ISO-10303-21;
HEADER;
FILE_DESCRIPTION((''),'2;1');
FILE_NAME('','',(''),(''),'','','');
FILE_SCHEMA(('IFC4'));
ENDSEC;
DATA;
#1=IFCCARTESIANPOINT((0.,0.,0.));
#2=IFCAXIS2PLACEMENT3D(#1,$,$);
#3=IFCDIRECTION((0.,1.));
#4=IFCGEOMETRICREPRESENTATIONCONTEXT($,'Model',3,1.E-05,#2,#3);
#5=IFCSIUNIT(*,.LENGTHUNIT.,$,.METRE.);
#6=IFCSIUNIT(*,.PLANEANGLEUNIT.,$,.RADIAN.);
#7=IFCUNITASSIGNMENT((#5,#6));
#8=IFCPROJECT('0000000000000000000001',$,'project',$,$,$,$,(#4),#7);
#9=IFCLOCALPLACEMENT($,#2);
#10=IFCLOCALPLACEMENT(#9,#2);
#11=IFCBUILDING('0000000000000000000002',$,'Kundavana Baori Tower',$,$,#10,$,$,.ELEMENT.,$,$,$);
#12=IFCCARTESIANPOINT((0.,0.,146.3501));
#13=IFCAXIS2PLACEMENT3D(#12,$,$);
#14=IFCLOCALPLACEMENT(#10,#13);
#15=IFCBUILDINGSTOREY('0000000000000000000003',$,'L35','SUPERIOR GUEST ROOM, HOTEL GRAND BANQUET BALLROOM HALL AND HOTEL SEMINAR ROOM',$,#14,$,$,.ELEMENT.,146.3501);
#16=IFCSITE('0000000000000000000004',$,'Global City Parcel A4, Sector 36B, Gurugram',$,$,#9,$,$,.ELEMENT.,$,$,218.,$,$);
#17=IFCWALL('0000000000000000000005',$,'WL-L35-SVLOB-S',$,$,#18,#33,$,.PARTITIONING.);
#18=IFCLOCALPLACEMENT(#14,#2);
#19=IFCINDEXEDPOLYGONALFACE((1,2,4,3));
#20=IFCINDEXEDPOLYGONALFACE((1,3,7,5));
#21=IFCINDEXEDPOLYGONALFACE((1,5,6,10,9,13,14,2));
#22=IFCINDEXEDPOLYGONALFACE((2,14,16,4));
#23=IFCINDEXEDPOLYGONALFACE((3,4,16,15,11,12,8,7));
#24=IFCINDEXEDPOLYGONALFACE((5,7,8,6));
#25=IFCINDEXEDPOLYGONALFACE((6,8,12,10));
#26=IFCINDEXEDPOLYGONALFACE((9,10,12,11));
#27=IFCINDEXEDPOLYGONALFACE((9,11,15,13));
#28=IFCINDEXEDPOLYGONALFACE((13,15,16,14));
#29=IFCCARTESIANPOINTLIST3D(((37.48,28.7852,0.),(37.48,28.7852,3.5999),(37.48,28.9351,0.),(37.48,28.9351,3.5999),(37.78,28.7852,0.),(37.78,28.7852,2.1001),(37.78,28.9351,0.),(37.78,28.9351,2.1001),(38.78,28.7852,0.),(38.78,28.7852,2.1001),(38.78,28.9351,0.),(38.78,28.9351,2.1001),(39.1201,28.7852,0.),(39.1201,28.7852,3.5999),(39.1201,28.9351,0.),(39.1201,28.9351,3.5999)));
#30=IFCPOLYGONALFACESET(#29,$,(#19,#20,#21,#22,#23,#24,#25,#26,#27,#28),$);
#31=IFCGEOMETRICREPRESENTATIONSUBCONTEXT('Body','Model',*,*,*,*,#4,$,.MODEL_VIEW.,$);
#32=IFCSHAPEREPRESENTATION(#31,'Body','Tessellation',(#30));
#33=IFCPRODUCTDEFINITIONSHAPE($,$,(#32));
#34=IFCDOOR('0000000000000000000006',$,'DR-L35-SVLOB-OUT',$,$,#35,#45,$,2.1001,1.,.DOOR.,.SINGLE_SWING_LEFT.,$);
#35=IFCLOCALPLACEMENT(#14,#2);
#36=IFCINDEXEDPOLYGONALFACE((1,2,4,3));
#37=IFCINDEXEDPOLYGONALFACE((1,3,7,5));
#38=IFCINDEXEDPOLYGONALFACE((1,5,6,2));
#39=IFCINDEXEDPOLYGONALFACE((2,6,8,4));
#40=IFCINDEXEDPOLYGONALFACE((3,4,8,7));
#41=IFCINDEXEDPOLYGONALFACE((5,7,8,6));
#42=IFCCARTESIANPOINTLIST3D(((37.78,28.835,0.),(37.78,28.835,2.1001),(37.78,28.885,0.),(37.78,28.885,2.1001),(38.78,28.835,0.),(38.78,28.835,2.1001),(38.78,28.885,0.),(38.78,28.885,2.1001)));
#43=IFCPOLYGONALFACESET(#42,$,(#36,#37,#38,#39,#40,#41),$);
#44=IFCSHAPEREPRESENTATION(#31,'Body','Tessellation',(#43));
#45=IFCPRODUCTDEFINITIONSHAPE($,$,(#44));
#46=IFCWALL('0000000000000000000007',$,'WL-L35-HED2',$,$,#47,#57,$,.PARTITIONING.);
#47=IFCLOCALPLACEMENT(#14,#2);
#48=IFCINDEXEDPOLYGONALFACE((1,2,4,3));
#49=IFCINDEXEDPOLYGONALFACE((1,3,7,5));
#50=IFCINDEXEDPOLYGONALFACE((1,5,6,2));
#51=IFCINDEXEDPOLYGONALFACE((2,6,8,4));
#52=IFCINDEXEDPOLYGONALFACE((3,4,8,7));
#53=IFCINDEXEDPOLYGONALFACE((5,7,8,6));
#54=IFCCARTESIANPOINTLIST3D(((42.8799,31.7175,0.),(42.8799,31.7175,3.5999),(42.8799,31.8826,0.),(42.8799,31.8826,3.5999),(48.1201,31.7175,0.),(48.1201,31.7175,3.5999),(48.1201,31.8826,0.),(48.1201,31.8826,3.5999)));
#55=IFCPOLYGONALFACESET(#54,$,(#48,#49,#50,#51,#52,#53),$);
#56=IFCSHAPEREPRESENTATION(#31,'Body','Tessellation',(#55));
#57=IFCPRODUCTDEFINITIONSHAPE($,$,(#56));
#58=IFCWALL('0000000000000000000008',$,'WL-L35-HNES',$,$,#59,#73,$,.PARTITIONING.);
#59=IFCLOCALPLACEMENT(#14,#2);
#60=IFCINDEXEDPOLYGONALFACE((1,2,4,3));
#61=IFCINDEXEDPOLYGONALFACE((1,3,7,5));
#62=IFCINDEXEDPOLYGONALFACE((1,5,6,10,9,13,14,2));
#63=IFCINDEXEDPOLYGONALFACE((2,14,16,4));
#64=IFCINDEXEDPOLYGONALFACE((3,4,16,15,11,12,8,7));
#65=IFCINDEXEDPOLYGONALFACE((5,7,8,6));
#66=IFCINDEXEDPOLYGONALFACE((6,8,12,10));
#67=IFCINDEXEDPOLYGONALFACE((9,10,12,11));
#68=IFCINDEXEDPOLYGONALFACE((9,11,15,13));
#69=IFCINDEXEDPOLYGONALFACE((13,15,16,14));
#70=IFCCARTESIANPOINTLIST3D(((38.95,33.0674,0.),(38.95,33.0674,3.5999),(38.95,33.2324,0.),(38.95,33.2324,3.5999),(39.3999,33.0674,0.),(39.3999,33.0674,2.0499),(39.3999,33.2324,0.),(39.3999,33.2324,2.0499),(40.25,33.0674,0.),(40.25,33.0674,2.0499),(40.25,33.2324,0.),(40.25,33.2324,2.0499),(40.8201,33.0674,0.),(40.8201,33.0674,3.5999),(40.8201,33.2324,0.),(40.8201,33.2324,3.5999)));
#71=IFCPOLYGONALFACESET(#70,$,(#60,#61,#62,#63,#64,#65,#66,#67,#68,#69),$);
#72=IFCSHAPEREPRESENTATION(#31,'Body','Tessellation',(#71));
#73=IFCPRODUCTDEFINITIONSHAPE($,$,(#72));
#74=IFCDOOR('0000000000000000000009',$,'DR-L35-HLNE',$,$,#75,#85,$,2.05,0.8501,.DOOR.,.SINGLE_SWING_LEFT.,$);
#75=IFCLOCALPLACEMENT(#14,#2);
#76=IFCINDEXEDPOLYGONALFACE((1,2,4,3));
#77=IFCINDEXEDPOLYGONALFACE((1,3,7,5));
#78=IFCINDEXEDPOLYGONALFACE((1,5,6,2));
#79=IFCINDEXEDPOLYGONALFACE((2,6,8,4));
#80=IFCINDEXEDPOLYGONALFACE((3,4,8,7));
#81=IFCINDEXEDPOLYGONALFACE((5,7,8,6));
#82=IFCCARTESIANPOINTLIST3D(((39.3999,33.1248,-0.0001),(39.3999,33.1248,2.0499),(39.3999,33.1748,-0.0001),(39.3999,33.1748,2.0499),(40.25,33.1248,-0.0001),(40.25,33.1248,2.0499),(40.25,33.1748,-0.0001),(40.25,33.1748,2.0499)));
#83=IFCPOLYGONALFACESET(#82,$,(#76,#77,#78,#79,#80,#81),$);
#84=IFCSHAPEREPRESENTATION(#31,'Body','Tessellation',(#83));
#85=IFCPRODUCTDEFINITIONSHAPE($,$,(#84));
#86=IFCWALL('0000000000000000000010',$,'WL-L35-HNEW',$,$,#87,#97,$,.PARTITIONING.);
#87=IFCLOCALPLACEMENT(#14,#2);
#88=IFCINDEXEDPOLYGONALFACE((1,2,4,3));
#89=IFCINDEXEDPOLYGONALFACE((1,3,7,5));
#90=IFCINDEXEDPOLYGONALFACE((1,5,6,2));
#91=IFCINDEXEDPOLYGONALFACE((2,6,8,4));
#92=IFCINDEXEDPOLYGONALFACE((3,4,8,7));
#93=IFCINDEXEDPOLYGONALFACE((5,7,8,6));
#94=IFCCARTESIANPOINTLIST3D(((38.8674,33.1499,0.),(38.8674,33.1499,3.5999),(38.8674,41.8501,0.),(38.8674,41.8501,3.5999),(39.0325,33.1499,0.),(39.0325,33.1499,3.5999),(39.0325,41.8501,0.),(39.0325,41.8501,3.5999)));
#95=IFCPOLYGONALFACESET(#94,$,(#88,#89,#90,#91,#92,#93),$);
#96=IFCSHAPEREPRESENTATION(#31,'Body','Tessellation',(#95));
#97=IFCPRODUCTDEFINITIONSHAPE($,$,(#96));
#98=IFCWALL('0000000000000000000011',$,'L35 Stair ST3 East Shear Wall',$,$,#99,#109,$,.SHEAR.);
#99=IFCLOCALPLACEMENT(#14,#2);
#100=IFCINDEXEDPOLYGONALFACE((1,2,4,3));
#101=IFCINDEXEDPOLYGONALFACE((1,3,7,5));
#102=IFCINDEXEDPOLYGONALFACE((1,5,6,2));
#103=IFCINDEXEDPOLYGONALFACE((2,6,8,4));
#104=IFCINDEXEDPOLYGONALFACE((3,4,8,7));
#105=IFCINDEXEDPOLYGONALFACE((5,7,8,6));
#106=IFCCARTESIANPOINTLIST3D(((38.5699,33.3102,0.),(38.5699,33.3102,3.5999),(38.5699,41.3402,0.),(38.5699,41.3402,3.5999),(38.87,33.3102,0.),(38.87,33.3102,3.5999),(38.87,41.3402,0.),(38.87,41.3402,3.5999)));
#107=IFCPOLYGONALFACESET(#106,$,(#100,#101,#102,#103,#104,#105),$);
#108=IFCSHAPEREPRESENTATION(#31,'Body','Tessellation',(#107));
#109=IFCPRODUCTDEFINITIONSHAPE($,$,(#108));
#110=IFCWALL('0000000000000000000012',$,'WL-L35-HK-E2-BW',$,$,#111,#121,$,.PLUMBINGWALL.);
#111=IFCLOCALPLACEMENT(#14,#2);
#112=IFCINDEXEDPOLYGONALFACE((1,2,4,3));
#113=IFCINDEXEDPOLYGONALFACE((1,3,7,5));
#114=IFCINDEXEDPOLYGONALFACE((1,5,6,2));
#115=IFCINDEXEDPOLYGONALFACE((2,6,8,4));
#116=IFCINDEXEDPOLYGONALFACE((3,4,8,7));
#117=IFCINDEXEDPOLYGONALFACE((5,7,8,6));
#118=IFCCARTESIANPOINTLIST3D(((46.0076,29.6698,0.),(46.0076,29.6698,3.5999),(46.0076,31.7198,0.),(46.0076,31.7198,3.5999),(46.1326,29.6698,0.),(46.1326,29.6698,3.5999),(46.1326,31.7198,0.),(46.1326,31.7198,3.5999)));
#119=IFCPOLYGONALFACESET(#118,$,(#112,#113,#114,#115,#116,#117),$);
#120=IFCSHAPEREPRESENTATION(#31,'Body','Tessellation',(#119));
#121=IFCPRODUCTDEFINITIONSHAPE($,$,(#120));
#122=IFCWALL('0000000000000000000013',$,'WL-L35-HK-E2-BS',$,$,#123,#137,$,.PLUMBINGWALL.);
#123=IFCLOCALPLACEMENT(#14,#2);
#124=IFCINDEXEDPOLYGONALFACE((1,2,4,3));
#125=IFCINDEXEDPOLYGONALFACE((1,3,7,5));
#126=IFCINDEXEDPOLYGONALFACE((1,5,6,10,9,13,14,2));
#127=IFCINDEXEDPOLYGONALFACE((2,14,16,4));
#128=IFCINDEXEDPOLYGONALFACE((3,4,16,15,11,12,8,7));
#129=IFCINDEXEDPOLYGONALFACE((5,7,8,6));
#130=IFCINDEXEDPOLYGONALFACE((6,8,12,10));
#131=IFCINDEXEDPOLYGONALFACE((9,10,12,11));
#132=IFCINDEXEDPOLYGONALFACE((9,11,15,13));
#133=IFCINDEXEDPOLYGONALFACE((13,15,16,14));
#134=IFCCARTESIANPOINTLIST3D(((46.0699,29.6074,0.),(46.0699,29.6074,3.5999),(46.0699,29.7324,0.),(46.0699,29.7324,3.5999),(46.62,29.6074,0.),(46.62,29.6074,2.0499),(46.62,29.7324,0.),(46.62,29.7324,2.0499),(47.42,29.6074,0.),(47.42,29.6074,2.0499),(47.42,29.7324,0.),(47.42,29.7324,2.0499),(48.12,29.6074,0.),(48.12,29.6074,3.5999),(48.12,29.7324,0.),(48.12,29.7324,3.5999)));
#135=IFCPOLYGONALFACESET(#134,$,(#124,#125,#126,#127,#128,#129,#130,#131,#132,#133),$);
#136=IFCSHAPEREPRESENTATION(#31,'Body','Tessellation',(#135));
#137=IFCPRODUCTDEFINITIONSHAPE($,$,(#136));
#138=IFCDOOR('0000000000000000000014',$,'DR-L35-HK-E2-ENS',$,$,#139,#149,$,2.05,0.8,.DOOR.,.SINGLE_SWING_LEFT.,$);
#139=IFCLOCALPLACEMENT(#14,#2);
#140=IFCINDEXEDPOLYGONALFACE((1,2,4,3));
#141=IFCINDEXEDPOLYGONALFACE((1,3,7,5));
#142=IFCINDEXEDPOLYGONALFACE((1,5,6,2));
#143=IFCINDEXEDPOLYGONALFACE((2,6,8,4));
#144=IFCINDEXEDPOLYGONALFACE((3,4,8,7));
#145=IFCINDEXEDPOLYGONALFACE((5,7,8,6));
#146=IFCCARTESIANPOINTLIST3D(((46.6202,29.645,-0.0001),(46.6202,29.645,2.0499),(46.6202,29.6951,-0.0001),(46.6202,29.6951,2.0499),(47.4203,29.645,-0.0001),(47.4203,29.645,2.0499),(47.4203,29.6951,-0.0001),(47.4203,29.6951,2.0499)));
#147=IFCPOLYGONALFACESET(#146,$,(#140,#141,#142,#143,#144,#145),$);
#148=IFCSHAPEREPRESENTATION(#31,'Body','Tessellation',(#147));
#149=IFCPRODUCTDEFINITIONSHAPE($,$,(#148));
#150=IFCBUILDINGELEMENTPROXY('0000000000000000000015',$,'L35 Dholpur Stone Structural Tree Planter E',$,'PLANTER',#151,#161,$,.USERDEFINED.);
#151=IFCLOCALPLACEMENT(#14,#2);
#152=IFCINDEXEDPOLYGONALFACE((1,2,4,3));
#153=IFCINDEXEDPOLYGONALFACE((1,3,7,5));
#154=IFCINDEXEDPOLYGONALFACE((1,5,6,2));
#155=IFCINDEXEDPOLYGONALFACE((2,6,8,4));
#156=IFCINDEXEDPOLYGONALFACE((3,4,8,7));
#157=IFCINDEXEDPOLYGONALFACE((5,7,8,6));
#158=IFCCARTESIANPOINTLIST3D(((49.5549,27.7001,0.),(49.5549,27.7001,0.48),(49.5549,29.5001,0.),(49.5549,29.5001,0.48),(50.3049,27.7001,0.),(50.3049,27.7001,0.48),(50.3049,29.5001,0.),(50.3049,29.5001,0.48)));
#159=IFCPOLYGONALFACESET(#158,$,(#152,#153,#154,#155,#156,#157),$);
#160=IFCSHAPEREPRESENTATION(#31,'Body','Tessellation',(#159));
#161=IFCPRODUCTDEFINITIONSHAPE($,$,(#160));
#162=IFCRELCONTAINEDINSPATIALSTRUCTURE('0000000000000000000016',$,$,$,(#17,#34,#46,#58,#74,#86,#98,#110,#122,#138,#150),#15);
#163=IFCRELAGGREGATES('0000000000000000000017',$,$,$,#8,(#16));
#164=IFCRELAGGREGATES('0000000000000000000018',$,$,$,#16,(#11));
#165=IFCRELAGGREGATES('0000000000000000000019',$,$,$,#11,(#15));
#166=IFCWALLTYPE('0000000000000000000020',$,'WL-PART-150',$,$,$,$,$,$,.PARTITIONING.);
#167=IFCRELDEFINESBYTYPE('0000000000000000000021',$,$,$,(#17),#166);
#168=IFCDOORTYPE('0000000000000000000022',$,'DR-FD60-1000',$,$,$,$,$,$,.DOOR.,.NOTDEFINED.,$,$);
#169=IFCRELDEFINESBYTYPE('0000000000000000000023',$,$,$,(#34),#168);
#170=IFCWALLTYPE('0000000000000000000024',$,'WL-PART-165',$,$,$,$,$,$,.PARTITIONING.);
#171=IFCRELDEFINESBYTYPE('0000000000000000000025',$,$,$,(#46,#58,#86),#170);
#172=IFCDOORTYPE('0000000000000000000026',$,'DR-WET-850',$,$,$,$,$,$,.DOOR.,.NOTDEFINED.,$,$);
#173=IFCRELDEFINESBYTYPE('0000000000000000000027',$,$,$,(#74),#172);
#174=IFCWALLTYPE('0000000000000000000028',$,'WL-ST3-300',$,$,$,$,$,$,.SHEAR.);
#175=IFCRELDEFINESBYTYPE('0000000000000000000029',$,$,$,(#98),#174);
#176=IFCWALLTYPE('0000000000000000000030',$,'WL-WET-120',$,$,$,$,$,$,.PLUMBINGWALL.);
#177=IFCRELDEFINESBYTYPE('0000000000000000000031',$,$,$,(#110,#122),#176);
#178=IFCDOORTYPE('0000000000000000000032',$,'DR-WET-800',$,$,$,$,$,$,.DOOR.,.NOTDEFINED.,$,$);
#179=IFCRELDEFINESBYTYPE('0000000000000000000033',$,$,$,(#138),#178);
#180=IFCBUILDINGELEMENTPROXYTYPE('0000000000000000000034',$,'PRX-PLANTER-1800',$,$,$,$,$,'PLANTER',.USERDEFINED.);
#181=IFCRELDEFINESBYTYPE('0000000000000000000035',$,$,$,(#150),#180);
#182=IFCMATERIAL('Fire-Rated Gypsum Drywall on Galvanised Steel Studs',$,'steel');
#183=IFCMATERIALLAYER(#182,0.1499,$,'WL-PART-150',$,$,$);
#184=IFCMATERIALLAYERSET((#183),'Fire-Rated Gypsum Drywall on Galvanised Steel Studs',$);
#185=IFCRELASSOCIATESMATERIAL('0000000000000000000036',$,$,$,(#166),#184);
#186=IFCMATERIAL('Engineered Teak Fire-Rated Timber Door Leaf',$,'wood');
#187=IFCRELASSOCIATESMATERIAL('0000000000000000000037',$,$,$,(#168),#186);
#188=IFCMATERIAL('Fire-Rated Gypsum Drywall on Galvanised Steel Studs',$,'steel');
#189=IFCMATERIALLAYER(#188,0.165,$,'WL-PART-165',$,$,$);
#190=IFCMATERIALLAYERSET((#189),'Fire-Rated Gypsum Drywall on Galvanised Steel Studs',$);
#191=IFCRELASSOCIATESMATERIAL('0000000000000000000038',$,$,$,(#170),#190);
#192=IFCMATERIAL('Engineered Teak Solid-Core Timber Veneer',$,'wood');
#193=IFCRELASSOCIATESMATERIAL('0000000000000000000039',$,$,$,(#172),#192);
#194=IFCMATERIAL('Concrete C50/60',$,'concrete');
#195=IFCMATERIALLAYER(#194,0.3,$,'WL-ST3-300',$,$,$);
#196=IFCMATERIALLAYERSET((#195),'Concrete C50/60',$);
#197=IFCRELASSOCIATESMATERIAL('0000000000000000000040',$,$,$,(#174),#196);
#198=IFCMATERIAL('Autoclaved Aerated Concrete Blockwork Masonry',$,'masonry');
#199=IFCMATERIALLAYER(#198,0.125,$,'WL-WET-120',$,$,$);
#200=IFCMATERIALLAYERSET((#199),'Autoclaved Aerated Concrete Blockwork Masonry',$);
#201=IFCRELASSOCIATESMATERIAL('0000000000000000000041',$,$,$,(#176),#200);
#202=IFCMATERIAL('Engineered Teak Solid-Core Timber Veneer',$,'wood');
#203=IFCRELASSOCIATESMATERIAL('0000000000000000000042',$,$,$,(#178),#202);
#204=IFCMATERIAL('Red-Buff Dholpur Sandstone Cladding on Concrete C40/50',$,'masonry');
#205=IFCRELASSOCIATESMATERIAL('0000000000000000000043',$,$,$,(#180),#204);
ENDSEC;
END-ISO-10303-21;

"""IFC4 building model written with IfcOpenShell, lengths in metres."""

from ifc_helpers import new_model, si_unit, direction, frame, frame_2d, origin, origin_2d, place, context, subcontext, project, spatial, rectangle, extrude, material, layer, layer_set, type_object, element, fill, save


model = new_model("IFC4")

# Units and contexts
model_context = context("Model", 3, precision=1e-05, world=origin(), true_north=direction((0.0, 1.0)))
body_context = subcontext(model_context, "Body", "Model", "MODEL_VIEW")
ifc_project = project(units=[si_unit("LENGTHUNIT", "METRE"), si_unit("PLANEANGLEUNIT", "RADIAN")], contexts=[model_context])

# Site, building, storey
site_placement = place(None, origin())
site = spatial("IfcSite", under=ifc_project, at=site_placement, Name="Global City Parcel A4, Sector 36B, Gurugram", CompositionType="ELEMENT", RefElevation=218.0)
building_placement = place(site_placement, origin())
building = spatial("IfcBuilding", under=site, at=building_placement, Name="Kundavana Baori Tower", CompositionType="ELEMENT")
storey_placement = place(building_placement, frame((0.0, 0.0, 146.3501)))
storey = spatial("IfcBuildingStorey", under=building, at=storey_placement, Name="L35", Description="SUPERIOR GUEST ROOM, HOTEL GRAND BANQUET BALLROOM HALL AND HOTEL SEMINAR ROOM", CompositionType="ELEMENT", Elevation=146.3501)

# Shared definitions
ifc_material_1 = material(Name="Fire-Rated Gypsum Drywall on Galvanised Steel Studs", Category="steel")
ifc_layer_1 = layer(ifc_material_1, 0.1499, Name="WL-PART-150")
ifc_layer_set_1 = layer_set([ifc_layer_1], Name="Fire-Rated Gypsum Drywall on Galvanised Steel Studs")
wall_type_1 = type_object("IfcWallType", Name="WL-PART-150", PredefinedType="PARTITIONING", material=ifc_layer_set_1)

# Wall, opening, door
wall_1_placement = place(storey_placement, frame((37.48, 28.8601, 0.0), z_axis=(0.0, 0.0, 1.0), x_axis=(1.0, 0.0, 0.0)))
wall_1 = element("IfcWall", 1, at=wall_1_placement, inside=storey, type_object=wall_type_1, Name="WL-L35-SVLOB-S", PredefinedType="PARTITIONING", context=body_context, shape_type="SweptSolid", body=[
    extrude(rectangle(XDim=1.6401, YDim=0.1499, at=frame_2d((0.8201, 0.0))), origin(), (0.0, 0.0, 1.0), 3.5999),
])
opening_1_placement = place(wall_1_placement, frame((0.3, 0.0, 0.0)))
opening_1 = element("IfcOpeningElement", 2, at=opening_1_placement, cuts=wall_1, PredefinedType="OPENING", context=body_context, shape_type="SweptSolid", body=[
    extrude(rectangle(XDim=1.0, YDim=2.1001, at=frame_2d((0.5, 1.05))), frame((0.0, 0.085, 0.0), z_axis=(0.0, -1.0, 0.0), x_axis=(1.0, 0.0, 0.0)), (0.0, 0.0, 1.0), 0.1699),
])
ifc_material_2 = material(Name="Engineered Teak Fire-Rated Timber Door Leaf", Category="wood")
door_type_1 = type_object("IfcDoorType", Name="DR-FD60-1000", OperationType="NOTDEFINED", PredefinedType="DOOR", material=ifc_material_2)
door_1_placement = place(opening_1_placement, origin())
door_1 = element("IfcDoor", 3, at=door_1_placement, inside=storey, type_object=door_type_1, Name="DR-L35-SVLOB-OUT", OperationType="SINGLE_SWING_LEFT", OverallHeight=2.1001, OverallWidth=1.0, PredefinedType="DOOR", context=body_context, shape_type="SweptSolid", body=[
    extrude(rectangle(XDim=1.0, YDim=2.1001, at=frame_2d((0.5, 1.05))), frame((0.0, 0.0249, 0.0), z_axis=(0.0, -1.0, 0.0), x_axis=(1.0, 0.0, 0.0)), (0.0, 0.0, 1.0), 0.05),
])
fill(opening_1, door_1)

# Wall
ifc_material_3 = material(Name="Fire-Rated Gypsum Drywall on Galvanised Steel Studs", Category="steel")
ifc_layer_2 = layer(ifc_material_3, 0.165, Name="WL-PART-165")
ifc_layer_set_2 = layer_set([ifc_layer_2], Name="Fire-Rated Gypsum Drywall on Galvanised Steel Studs")
wall_type_2 = type_object("IfcWallType", Name="WL-PART-165", PredefinedType="PARTITIONING", material=ifc_layer_set_2)
wall_2_placement = place(storey_placement, frame((42.8799, 31.8, 0.0), z_axis=(0.0, 0.0, 1.0), x_axis=(1.0, 0.0, 0.0)))
element("IfcWall", 4, at=wall_2_placement, inside=storey, type_object=wall_type_2, Name="WL-L35-HED2", PredefinedType="PARTITIONING", context=body_context, shape_type="SweptSolid", body=[
    extrude(rectangle(XDim=5.2402, YDim=0.165, at=frame_2d((2.6201, 0.0))), origin(), (0.0, 0.0, 1.0), 3.5999),
])

# Wall, opening, door
wall_3_placement = place(storey_placement, frame((38.95, 33.1499, 0.0), z_axis=(0.0, 0.0, 1.0), x_axis=(1.0, 0.0, 0.0)))
wall_3 = element("IfcWall", 5, at=wall_3_placement, inside=storey, type_object=wall_type_2, Name="WL-L35-HNES", PredefinedType="PARTITIONING", context=body_context, shape_type="SweptSolid", body=[
    extrude(rectangle(XDim=1.8701, YDim=0.165, at=frame_2d((0.9351, 0.0))), origin(), (0.0, 0.0, 1.0), 3.5999),
])
opening_2_placement = place(wall_3_placement, frame((0.45, 0.0, 0.0)))
opening_2 = element("IfcOpeningElement", 6, at=opening_2_placement, cuts=wall_3, PredefinedType="OPENING", context=body_context, shape_type="SweptSolid", body=[
    extrude(rectangle(XDim=0.8501, YDim=2.05, at=frame_2d((0.425, 1.0249))), frame((0.0, 0.0925, 0.0), z_axis=(0.0, -1.0, 0.0), x_axis=(1.0, 0.0, 0.0)), (0.0, 0.0, 1.0), 0.1851),
])
ifc_material_4 = material(Name="Engineered Teak Solid-Core Timber Veneer", Category="wood")
door_type_2 = type_object("IfcDoorType", Name="DR-WET-850", OperationType="NOTDEFINED", PredefinedType="DOOR", material=ifc_material_4)
door_2_placement = place(opening_2_placement, origin())
door_2 = element("IfcDoor", 7, at=door_2_placement, inside=storey, type_object=door_type_2, Name="DR-L35-HLNE", OperationType="SINGLE_SWING_LEFT", OverallHeight=2.05, OverallWidth=0.8501, PredefinedType="DOOR", context=body_context, shape_type="SweptSolid", body=[
    extrude(rectangle(XDim=0.8501, YDim=2.05, at=frame_2d((0.425, 1.0249))), frame((0.0, 0.0249, 0.0), z_axis=(0.0, -1.0, 0.0), x_axis=(1.0, 0.0, 0.0)), (0.0, 0.0, 1.0), 0.05),
])
fill(opening_2, door_2)

# Wall
wall_4_placement = place(storey_placement, frame((38.95, 33.1499, 0.0), z_axis=(0.0, 0.0, 1.0), x_axis=(0.0, 1.0, 0.0)))
element("IfcWall", 8, at=wall_4_placement, inside=storey, type_object=wall_type_2, Name="WL-L35-HNEW", PredefinedType="PARTITIONING", context=body_context, shape_type="SweptSolid", body=[
    extrude(rectangle(XDim=8.7002, YDim=0.165, at=frame_2d((4.3501, 0.0))), origin(), (0.0, 0.0, 1.0), 3.5999),
])

# Walls
ifc_material_5 = material(Name="Concrete C50/60", Category="concrete")
ifc_layer_3 = layer(ifc_material_5, 0.3, Name="WL-ST3-300")
ifc_layer_set_3 = layer_set([ifc_layer_3], Name="Concrete C50/60")
wall_type_3 = type_object("IfcWallType", Name="WL-ST3-300", PredefinedType="SHEAR", material=ifc_layer_set_3)
wall_5_placement = place(storey_placement, frame((38.72, 33.3101, 0.0), z_axis=(0.0, 0.0, 1.0), x_axis=(0.0, 1.0, 0.0)))
element("IfcWall", 9, at=wall_5_placement, inside=storey, type_object=wall_type_3, Name="L35 Stair ST3 East Shear Wall", PredefinedType="SHEAR", context=body_context, shape_type="SweptSolid", body=[
    extrude(rectangle(XDim=8.03, YDim=0.3, at=frame_2d((4.0151, 0.0))), origin(), (0.0, 0.0, 1.0), 3.5999),
])
ifc_material_6 = material(Name="Autoclaved Aerated Concrete Blockwork Masonry", Category="masonry")
ifc_layer_4 = layer(ifc_material_6, 0.125, Name="WL-WET-120")
ifc_layer_set_4 = layer_set([ifc_layer_4], Name="Autoclaved Aerated Concrete Blockwork Masonry")
wall_type_4 = type_object("IfcWallType", Name="WL-WET-120", PredefinedType="PLUMBINGWALL", material=ifc_layer_set_4)
wall_6_placement = place(storey_placement, frame((46.0701, 29.6699, 0.0), z_axis=(0.0, 0.0, 1.0), x_axis=(0.0, 1.0, 0.0)))
element("IfcWall", 10, at=wall_6_placement, inside=storey, type_object=wall_type_4, Name="WL-L35-HK-E2-BW", PredefinedType="PLUMBINGWALL", context=body_context, shape_type="SweptSolid", body=[
    extrude(rectangle(XDim=2.05, YDim=0.125, at=frame_2d((1.0249, 0.0))), origin(), (0.0, 0.0, 1.0), 3.5999),
])

# Wall, opening, door
wall_7_placement = place(storey_placement, frame((46.0701, 29.6699, 0.0), z_axis=(0.0, 0.0, 1.0), x_axis=(1.0, 0.0, 0.0)))
wall_7 = element("IfcWall", 11, at=wall_7_placement, inside=storey, type_object=wall_type_4, Name="WL-L35-HK-E2-BS", PredefinedType="PLUMBINGWALL", context=body_context, shape_type="SweptSolid", body=[
    extrude(rectangle(XDim=2.05, YDim=0.125, at=frame_2d((1.0249, 0.0))), origin(), (0.0, 0.0, 1.0), 3.5999),
])
opening_3_placement = place(wall_7_placement, frame((0.55, 0.0, 0.0)))
opening_3 = element("IfcOpeningElement", 12, at=opening_3_placement, cuts=wall_7, PredefinedType="OPENING", context=body_context, shape_type="SweptSolid", body=[
    extrude(rectangle(XDim=0.8, YDim=2.05, at=frame_2d((0.3999, 1.0249))), frame((0.0, 0.0725, 0.0), z_axis=(0.0, -1.0, 0.0), x_axis=(1.0, 0.0, 0.0)), (0.0, 0.0, 1.0), 0.145),
])
ifc_material_7 = material(Name="Engineered Teak Solid-Core Timber Veneer", Category="wood")
door_type_3 = type_object("IfcDoorType", Name="DR-WET-800", OperationType="NOTDEFINED", PredefinedType="DOOR", material=ifc_material_7)
door_3_placement = place(opening_3_placement, frame((0.8, 0.0, 0.0), z_axis=(0.0, 0.0, 1.0), x_axis=(-1.0, 0.0, 0.0)))
door_3 = element("IfcDoor", 13, at=door_3_placement, inside=storey, type_object=door_type_3, Name="DR-L35-HK-E2-ENS", OperationType="SINGLE_SWING_LEFT", OverallHeight=2.05, OverallWidth=0.8, PredefinedType="DOOR", context=body_context, shape_type="SweptSolid", body=[
    extrude(rectangle(XDim=0.8, YDim=2.05, at=frame_2d((0.3999, 1.0249))), frame((0.0, 0.0249, 0.0), z_axis=(0.0, -1.0, 0.0), x_axis=(1.0, 0.0, 0.0)), (0.0, 0.0, 1.0), 0.05),
])
fill(opening_3, door_3)

# Building element proxy
ifc_material_8 = material(Name="Red-Buff Dholpur Sandstone Cladding on Concrete C40/50", Category="masonry")
building_element_proxy_type = type_object("IfcBuildingElementProxyType", Name="PRX-PLANTER-1800", ElementType="PLANTER", PredefinedType="USERDEFINED", material=ifc_material_8)
proxy_placement = place(storey_placement, frame((49.9299, 28.6001, 0.0), z_axis=(0.0, 0.0, 1.0), x_axis=(0.0, 1.0, 0.0)))
element("IfcBuildingElementProxy", 14, at=proxy_placement, inside=storey, type_object=building_element_proxy_type, Name="L35 Dholpur Stone Structural Tree Planter E", ObjectType="PLANTER", PredefinedType="USERDEFINED", context=body_context, shape_type="SweptSolid", body=[
    extrude(rectangle(XDim=1.8, YDim=0.75, at=origin_2d()), origin(), (0.0, 0.0, 1.0), 0.48),
])

save(model, "model.ifc")
